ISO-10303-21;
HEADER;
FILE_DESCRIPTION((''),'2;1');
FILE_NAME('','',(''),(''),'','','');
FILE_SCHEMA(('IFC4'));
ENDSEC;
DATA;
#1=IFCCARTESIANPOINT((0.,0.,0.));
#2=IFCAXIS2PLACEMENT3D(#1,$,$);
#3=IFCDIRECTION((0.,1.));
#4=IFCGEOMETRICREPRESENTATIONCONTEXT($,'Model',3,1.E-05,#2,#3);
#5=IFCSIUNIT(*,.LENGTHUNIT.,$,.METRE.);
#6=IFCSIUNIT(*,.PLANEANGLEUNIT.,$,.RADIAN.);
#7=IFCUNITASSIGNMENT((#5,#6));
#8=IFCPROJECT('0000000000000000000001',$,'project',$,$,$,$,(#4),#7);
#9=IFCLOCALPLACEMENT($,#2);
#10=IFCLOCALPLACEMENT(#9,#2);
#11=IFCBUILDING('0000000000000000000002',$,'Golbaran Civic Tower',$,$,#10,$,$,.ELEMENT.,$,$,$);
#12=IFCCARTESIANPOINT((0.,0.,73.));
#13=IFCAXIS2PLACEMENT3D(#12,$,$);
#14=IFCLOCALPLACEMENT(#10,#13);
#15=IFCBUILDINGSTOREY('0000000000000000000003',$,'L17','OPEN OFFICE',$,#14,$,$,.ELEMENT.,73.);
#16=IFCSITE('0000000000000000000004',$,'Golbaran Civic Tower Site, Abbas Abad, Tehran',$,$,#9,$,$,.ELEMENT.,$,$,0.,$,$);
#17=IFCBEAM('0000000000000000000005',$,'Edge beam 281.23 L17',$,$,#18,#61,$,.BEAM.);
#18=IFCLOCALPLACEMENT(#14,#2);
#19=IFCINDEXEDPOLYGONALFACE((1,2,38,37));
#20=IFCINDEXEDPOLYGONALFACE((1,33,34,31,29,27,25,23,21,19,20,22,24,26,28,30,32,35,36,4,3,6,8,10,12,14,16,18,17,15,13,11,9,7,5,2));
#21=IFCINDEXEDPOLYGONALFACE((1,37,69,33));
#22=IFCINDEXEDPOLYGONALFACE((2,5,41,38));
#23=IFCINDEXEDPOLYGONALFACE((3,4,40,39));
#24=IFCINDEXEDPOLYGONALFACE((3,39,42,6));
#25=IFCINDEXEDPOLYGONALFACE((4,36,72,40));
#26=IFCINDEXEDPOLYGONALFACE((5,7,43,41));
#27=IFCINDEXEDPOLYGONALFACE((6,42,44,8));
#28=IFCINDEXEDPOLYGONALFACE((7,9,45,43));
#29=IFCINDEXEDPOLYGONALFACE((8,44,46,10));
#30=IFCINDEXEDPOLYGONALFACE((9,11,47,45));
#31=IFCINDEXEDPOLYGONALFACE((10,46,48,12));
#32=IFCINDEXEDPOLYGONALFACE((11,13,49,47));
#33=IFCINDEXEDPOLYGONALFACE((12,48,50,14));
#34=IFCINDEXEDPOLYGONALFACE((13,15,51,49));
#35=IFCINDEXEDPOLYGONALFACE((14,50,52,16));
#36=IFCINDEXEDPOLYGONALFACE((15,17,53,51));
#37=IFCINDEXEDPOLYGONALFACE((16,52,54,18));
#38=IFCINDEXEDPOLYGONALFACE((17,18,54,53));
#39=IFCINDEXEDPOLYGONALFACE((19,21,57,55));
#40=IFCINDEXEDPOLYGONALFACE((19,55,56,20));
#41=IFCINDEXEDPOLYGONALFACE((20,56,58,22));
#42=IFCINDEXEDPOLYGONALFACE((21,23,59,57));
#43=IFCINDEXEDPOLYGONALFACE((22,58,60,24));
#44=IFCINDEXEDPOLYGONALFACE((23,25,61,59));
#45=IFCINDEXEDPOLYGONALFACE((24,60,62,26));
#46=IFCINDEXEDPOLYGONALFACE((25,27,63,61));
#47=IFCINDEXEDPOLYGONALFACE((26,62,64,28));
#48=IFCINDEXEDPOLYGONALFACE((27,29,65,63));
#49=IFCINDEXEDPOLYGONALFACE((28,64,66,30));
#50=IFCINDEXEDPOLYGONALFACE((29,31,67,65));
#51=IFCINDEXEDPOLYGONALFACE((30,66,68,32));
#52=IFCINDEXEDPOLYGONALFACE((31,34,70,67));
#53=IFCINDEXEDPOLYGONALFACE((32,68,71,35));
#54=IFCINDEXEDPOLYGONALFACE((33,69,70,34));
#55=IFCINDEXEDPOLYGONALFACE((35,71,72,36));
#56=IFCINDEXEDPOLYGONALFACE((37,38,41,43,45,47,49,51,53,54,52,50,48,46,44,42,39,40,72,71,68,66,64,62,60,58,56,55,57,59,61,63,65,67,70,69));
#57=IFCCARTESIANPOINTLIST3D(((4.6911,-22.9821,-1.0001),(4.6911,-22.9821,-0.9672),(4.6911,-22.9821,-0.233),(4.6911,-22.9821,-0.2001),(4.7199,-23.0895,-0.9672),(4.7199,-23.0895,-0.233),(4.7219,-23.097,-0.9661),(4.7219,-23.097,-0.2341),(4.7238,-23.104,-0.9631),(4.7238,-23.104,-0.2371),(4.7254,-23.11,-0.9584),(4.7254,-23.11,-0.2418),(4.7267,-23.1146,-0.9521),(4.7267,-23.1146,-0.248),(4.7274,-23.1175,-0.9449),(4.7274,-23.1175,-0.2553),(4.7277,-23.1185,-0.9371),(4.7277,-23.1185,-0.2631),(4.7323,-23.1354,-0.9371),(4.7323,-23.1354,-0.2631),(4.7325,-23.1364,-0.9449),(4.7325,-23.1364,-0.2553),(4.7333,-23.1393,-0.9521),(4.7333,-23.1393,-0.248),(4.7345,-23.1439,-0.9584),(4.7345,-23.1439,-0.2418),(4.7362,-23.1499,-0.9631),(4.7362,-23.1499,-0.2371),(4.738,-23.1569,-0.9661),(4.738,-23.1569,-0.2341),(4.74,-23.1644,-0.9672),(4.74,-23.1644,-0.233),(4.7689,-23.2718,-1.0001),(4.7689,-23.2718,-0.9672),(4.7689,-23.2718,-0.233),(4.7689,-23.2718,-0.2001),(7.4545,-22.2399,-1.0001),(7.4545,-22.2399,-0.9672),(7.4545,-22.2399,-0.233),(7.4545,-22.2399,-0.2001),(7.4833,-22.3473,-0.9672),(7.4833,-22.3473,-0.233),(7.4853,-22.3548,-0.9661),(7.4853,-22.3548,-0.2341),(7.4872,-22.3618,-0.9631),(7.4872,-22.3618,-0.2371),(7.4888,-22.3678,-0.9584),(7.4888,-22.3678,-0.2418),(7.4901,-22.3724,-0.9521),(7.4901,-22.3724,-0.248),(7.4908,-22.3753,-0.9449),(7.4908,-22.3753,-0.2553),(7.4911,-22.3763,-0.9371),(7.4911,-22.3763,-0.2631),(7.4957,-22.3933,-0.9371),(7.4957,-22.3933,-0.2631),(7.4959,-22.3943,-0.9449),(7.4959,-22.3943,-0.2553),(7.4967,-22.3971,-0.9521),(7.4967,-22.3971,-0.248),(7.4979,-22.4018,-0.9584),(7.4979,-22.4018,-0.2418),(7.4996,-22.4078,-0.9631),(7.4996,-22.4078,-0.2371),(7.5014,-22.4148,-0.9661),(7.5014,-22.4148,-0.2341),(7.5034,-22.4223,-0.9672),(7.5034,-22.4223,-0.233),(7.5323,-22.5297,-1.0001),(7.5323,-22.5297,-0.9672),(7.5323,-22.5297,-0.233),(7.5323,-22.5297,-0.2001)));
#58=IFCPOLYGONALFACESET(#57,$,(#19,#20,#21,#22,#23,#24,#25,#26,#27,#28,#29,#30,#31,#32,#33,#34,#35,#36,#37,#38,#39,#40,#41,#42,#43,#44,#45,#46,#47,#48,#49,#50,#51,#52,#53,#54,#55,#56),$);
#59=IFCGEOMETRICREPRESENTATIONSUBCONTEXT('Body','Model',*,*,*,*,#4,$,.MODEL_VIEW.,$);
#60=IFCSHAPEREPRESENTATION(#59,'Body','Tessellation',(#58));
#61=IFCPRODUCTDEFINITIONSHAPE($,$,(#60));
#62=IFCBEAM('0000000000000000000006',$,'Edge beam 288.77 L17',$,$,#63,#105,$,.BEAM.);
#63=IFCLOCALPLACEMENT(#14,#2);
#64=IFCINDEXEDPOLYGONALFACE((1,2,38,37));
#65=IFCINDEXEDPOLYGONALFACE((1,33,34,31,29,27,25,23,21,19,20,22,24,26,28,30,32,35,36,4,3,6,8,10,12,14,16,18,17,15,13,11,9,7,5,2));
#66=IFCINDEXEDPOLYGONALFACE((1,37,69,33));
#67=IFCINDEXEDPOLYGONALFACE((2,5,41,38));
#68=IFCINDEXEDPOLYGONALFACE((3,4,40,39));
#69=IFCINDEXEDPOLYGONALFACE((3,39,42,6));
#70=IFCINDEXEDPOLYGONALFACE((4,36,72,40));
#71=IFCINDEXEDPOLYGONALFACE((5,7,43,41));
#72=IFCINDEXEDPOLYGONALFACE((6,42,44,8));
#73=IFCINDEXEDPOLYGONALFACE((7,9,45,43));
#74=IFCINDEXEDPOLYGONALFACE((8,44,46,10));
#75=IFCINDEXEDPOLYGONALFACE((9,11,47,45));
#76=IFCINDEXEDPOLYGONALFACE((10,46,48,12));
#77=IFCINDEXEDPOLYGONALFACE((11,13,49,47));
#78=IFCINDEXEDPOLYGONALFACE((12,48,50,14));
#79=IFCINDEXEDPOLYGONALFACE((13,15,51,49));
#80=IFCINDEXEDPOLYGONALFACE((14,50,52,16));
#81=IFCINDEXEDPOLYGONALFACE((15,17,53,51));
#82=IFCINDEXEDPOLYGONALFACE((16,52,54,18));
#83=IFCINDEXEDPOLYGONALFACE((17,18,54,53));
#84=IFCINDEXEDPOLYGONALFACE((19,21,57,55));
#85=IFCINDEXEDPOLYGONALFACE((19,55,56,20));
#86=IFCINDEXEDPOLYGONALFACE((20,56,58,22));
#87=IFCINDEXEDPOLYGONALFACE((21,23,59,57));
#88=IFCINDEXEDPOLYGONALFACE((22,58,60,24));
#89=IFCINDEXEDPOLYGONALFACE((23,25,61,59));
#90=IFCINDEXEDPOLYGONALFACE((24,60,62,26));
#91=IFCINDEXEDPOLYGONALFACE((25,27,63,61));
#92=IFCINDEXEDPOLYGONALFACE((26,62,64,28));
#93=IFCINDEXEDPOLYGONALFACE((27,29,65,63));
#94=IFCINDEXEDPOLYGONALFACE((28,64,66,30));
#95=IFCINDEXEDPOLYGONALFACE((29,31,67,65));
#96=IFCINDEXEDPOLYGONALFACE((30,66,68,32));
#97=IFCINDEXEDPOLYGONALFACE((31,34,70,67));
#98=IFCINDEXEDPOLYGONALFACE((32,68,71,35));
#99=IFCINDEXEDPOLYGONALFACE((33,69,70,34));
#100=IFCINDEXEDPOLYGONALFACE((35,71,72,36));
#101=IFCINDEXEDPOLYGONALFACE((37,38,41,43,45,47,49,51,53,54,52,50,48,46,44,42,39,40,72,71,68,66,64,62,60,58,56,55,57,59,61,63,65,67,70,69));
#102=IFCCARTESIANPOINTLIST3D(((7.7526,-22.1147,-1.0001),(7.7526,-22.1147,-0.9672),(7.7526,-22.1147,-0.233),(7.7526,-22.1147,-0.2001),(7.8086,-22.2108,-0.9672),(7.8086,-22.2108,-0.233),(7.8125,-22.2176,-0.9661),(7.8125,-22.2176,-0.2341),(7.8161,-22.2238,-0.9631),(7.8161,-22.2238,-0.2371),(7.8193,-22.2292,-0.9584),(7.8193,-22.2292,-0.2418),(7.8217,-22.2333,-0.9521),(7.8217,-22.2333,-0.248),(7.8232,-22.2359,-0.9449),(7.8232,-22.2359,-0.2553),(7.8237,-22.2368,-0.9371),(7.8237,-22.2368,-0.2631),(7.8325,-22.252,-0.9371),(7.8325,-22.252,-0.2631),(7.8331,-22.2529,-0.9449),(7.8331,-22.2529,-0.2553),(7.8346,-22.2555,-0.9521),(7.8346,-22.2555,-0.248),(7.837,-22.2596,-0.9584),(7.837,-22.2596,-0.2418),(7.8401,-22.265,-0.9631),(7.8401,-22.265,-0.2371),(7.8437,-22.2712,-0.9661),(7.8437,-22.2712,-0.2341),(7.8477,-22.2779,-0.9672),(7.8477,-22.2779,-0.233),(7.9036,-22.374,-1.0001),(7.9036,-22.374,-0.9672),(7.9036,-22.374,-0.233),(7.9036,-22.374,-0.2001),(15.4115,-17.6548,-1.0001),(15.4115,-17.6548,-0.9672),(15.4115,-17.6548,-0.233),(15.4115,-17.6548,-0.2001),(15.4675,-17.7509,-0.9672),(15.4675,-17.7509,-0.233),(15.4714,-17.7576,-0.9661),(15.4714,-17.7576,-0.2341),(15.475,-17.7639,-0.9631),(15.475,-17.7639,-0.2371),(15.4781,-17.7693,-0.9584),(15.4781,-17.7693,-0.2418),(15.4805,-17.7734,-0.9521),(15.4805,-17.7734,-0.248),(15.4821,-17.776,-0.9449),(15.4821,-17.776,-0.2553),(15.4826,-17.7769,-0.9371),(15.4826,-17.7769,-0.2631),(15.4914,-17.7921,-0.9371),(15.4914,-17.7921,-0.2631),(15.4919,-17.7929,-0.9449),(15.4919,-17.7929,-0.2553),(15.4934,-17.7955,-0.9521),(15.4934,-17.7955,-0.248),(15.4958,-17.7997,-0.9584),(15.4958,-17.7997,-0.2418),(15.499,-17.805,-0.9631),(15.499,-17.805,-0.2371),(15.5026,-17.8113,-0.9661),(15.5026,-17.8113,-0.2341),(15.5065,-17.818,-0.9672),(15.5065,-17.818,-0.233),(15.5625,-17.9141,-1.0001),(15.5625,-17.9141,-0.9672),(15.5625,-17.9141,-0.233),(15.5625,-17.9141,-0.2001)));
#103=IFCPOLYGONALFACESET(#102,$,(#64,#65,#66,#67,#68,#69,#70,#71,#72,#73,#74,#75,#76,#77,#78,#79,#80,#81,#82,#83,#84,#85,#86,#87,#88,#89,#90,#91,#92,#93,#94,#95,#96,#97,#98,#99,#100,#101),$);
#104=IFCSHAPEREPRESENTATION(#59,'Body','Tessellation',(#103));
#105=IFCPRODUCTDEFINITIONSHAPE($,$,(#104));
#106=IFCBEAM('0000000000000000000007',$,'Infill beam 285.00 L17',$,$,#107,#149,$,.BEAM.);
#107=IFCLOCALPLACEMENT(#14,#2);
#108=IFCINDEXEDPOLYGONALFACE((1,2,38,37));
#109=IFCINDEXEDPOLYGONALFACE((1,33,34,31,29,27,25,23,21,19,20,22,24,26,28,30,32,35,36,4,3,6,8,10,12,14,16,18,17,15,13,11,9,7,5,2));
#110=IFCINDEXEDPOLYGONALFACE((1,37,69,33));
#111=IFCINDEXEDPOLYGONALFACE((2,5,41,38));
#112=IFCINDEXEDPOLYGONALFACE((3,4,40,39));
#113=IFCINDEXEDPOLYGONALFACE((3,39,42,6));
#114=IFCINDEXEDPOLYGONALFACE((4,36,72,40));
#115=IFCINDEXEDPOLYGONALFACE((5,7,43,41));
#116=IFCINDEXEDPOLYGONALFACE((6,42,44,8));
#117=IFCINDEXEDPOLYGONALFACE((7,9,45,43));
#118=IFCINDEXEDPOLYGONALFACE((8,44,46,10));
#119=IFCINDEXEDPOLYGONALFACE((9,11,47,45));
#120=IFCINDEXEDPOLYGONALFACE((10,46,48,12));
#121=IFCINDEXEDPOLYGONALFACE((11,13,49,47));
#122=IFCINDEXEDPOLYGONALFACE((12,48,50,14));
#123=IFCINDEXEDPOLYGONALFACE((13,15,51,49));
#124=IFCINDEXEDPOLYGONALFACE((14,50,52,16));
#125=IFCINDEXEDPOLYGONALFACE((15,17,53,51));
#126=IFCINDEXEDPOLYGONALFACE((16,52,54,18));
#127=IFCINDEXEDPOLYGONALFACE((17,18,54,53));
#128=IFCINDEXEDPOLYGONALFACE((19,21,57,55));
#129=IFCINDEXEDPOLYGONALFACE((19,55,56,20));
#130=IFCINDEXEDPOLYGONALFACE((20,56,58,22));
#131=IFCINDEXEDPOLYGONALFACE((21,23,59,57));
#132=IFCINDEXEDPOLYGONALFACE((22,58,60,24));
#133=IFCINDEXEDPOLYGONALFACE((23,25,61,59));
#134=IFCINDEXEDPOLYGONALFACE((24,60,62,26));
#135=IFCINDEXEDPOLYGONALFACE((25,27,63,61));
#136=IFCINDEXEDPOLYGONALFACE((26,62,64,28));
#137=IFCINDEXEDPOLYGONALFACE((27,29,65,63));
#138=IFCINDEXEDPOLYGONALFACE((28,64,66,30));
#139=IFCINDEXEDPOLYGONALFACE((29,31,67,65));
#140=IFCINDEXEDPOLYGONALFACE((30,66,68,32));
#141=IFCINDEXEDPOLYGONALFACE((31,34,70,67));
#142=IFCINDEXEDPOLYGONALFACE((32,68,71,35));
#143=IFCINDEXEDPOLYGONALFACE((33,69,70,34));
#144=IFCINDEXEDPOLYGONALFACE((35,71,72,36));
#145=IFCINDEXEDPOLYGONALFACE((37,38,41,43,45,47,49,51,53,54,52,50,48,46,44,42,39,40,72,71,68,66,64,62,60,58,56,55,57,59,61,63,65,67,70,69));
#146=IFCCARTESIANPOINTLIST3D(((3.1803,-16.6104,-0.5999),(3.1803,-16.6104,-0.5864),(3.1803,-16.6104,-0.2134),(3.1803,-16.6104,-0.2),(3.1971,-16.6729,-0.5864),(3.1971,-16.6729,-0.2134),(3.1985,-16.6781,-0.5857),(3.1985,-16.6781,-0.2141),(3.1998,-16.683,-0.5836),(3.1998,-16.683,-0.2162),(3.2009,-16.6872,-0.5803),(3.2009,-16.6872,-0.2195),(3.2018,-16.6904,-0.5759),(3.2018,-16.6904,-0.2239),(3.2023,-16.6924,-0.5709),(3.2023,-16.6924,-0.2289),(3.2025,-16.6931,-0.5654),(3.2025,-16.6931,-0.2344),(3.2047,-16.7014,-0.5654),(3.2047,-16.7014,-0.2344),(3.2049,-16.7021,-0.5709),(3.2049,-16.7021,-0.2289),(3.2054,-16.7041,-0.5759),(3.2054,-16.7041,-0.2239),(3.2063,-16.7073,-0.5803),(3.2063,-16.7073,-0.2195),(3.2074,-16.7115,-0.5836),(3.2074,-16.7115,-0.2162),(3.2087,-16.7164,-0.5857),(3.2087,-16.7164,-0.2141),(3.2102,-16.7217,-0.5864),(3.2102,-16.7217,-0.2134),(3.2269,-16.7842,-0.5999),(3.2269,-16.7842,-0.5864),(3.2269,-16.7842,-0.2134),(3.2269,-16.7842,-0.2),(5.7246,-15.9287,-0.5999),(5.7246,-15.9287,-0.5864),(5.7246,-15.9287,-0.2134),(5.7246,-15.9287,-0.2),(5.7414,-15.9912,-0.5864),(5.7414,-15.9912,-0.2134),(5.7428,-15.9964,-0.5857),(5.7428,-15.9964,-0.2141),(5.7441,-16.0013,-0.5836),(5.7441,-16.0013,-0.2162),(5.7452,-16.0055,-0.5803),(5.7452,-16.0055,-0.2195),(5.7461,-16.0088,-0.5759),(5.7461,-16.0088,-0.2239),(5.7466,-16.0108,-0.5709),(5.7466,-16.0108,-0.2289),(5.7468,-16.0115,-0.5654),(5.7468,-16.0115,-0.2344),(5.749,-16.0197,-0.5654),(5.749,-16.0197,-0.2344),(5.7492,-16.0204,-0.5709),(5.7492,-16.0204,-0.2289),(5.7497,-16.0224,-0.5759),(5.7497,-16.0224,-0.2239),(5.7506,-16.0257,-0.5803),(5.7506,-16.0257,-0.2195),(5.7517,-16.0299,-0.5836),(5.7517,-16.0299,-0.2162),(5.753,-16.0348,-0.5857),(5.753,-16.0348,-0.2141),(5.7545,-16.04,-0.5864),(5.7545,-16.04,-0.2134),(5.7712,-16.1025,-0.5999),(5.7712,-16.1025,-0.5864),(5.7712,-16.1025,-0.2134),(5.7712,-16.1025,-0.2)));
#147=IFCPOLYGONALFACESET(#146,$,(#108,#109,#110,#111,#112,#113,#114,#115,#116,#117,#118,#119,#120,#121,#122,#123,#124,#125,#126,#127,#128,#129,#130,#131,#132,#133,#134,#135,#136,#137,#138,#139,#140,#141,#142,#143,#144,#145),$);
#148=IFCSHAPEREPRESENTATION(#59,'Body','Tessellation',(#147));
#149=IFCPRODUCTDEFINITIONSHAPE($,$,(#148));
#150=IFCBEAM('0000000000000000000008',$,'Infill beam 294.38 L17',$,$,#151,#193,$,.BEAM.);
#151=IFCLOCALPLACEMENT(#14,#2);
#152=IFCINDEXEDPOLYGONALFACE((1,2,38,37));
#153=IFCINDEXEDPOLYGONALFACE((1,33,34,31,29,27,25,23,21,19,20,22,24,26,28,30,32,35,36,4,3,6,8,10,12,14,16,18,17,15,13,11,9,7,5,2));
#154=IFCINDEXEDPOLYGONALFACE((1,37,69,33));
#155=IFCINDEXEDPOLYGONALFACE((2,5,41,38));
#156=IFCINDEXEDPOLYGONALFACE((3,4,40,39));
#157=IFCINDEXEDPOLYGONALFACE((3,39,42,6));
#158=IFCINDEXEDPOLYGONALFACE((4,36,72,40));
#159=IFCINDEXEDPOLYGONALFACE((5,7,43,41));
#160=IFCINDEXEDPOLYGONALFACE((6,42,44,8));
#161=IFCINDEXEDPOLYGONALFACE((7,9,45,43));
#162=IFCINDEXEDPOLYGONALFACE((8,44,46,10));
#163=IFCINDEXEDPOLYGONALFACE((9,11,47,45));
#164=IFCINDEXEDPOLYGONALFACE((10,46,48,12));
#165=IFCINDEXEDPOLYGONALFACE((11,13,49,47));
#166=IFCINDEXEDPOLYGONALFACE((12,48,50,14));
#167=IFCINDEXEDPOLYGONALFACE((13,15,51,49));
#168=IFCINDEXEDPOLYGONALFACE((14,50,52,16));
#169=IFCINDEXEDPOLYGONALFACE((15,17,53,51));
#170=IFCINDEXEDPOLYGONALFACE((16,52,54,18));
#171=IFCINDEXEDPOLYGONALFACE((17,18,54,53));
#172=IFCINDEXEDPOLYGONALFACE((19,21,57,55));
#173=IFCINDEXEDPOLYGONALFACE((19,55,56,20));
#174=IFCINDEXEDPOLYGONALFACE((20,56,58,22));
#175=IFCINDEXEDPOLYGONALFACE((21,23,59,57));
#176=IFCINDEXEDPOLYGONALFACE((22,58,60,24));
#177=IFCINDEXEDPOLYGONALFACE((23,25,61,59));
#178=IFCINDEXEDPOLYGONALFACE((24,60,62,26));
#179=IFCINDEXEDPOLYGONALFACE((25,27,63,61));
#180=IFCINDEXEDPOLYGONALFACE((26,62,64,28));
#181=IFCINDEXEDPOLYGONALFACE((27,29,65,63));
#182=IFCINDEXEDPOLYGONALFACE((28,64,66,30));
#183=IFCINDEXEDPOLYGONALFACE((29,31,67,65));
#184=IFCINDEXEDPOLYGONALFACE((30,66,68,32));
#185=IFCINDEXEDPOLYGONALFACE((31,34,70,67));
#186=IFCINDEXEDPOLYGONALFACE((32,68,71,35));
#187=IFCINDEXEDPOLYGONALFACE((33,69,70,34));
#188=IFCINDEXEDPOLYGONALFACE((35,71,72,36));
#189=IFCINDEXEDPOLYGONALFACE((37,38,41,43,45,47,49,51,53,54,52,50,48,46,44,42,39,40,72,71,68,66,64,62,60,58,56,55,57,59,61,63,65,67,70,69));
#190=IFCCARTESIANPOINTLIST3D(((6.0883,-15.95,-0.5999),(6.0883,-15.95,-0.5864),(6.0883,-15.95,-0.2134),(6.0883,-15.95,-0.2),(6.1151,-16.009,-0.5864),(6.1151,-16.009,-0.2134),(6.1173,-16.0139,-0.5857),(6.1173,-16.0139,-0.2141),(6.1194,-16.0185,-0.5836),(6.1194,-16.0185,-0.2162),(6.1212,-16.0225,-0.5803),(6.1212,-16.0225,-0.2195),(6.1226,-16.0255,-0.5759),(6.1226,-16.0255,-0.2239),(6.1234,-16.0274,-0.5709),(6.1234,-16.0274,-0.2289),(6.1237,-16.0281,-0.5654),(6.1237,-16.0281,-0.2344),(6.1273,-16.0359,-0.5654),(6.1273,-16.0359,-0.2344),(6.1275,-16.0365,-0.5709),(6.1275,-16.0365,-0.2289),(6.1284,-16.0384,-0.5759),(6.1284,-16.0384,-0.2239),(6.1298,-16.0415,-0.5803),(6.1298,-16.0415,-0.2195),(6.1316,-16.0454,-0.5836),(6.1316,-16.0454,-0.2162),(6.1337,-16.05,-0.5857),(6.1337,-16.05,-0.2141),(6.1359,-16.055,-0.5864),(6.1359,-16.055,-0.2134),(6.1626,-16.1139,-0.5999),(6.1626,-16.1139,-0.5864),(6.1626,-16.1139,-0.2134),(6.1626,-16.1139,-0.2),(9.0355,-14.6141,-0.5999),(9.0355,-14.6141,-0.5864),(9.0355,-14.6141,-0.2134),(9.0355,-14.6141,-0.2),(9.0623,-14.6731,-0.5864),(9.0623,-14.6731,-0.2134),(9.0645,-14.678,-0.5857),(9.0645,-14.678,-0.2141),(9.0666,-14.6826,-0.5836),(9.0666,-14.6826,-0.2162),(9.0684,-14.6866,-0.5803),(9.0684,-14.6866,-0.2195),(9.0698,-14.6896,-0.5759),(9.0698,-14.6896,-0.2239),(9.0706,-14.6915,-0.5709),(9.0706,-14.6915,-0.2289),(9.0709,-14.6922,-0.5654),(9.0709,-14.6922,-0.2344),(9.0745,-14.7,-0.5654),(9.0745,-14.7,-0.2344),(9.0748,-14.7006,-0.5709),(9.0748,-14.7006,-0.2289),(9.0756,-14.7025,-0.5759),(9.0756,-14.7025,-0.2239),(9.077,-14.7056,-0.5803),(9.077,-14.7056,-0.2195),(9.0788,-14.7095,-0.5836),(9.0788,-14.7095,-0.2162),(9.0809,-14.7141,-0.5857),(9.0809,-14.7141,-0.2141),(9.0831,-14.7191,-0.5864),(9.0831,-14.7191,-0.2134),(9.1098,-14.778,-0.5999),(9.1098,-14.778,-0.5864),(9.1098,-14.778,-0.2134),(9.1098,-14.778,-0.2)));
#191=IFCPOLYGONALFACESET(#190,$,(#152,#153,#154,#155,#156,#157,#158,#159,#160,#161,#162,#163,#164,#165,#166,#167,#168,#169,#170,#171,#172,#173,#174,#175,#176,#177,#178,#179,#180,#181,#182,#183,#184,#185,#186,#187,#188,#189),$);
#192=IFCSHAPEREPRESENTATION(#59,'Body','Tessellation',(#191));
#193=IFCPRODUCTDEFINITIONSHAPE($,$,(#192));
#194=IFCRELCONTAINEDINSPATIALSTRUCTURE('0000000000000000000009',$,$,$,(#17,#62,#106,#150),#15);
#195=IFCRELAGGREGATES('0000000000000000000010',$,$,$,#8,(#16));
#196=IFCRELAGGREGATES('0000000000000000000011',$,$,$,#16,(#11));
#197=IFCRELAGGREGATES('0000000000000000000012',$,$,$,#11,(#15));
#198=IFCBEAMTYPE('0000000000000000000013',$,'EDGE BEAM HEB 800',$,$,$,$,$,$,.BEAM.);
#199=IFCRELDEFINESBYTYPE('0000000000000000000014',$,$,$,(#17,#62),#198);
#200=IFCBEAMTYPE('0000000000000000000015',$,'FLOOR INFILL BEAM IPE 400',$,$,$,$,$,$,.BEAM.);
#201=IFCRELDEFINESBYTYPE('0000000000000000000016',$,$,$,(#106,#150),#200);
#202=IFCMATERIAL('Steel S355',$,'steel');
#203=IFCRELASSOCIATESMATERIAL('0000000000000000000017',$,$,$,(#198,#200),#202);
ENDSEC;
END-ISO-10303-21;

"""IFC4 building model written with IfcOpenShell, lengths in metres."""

from ifc_helpers import new_model, si_unit, direction, frame, origin, origin_2d, place, context, subcontext, project, spatial, i_section, extrude, material, material_profile, profile_set, type_object, element, save


model = new_model("IFC4")

# Units and contexts
model_context = context("Model", 3, precision=1e-05, world=origin(), true_north=direction((0.0, 1.0)))
body_context = subcontext(model_context, "Body", "Model", "MODEL_VIEW")
ifc_project = project(units=[si_unit("LENGTHUNIT", "METRE"), si_unit("PLANEANGLEUNIT", "RADIAN")], contexts=[model_context])

# Site, building, storey
site_placement = place(None, origin())
site = spatial("IfcSite", under=ifc_project, at=site_placement, Name="Golbaran Civic Tower Site, Abbas Abad, Tehran", CompositionType="ELEMENT", RefElevation=0.0)
building_placement = place(site_placement, origin())
building = spatial("IfcBuilding", under=site, at=building_placement, Name="Golbaran Civic Tower", CompositionType="ELEMENT")
storey_placement = place(building_placement, frame((0.0, 0.0, 73.0)))
storey = spatial("IfcBuildingStorey", under=building, at=storey_placement, Name="L17", Description="OPEN OFFICE", CompositionType="ELEMENT", Elevation=73.0)

# Beams
ifc_material_1 = material(Name="Steel S355", Category="steel")
ifc_material_profile_1 = material_profile(ifc_material_1, i_section(OverallWidth=0.3, OverallDepth=0.8, WebThickness=0.0176, FlangeThickness=0.033, FilletRadius=0.03, at=origin_2d()), Name="HEB 800")
ifc_profile_set_1 = profile_set([ifc_material_profile_1], Name="Steel S355")
beam_type_1 = type_object("IfcBeamType", Name="EDGE BEAM HEB 800", PredefinedType="BEAM", material=ifc_profile_set_1)
beam_1_placement = place(storey_placement, frame((4.73, -23.127, -0.6001), z_axis=(0.965775, 0.259383, 0.0), x_axis=(-0.259383, 0.965775, 0.0)))
element("IfcBeam", 1, at=beam_1_placement, inside=storey, type_object=beam_type_1, Name="Edge beam 281.23 L17", PredefinedType="BEAM", context=body_context, shape_type="SweptSolid", body=[
    extrude(i_section(OverallWidth=0.3, OverallDepth=0.8, WebThickness=0.0176, FlangeThickness=0.033, FilletRadius=0.03, at=origin_2d()), origin(), (0.0, 0.0, 1.0), 2.8613),
])
beam_2_placement = place(storey_placement, frame((7.8281, -22.2444, -0.6001), z_axis=(0.864159, 0.503218, 0.0), x_axis=(-0.503218, 0.864159, 0.0)))
element("IfcBeam", 2, at=beam_2_placement, inside=storey, type_object=beam_type_1, Name="Edge beam 288.77 L17", PredefinedType="BEAM", context=body_context, shape_type="SweptSolid", body=[
    extrude(i_section(OverallWidth=0.3, OverallDepth=0.8, WebThickness=0.0176, FlangeThickness=0.033, FilletRadius=0.03, at=origin_2d()), origin(), (0.0, 0.0, 1.0), 8.8628),
])
ifc_material_profile_2 = material_profile(ifc_material_1, i_section(OverallWidth=0.1799, OverallDepth=0.3999, WebThickness=0.0085, FlangeThickness=0.0134, FilletRadius=0.021, at=origin_2d()), Name="IPE 400")
ifc_profile_set_2 = profile_set([ifc_material_profile_2], Name="Steel S355")
beam_type_2 = type_object("IfcBeamType", Name="FLOOR INFILL BEAM IPE 400", PredefinedType="BEAM", material=ifc_profile_set_2)
beam_3_placement = place(storey_placement, frame((3.2036, -16.6973, -0.3999), z_axis=(0.965933, 0.258793, 0.0), x_axis=(-0.258793, 0.965933, 0.0)))
element("IfcBeam", 3, at=beam_3_placement, inside=storey, type_object=beam_type_2, Name="Infill beam 285.00 L17", PredefinedType="BEAM", context=body_context, shape_type="SweptSolid", body=[
    extrude(i_section(OverallWidth=0.1799, OverallDepth=0.3999, WebThickness=0.0085, FlangeThickness=0.0134, FilletRadius=0.021, at=origin_2d()), origin(), (0.0, 0.0, 1.0), 2.634),
])
beam_4_placement = place(storey_placement, frame((6.1255, -16.032, -0.3999), z_axis=(0.9108, 0.412848, 0.0), x_axis=(-0.412848, 0.9108, 0.0)))
element("IfcBeam", 4, at=beam_4_placement, inside=storey, type_object=beam_type_2, Name="Infill beam 294.38 L17", PredefinedType="BEAM", context=body_context, shape_type="SweptSolid", body=[
    extrude(i_section(OverallWidth=0.1799, OverallDepth=0.3999, WebThickness=0.0085, FlangeThickness=0.0134, FilletRadius=0.021, at=origin_2d()), origin(), (0.0, 0.0, 1.0), 3.2358),
])

save(model, "model.ifc")
